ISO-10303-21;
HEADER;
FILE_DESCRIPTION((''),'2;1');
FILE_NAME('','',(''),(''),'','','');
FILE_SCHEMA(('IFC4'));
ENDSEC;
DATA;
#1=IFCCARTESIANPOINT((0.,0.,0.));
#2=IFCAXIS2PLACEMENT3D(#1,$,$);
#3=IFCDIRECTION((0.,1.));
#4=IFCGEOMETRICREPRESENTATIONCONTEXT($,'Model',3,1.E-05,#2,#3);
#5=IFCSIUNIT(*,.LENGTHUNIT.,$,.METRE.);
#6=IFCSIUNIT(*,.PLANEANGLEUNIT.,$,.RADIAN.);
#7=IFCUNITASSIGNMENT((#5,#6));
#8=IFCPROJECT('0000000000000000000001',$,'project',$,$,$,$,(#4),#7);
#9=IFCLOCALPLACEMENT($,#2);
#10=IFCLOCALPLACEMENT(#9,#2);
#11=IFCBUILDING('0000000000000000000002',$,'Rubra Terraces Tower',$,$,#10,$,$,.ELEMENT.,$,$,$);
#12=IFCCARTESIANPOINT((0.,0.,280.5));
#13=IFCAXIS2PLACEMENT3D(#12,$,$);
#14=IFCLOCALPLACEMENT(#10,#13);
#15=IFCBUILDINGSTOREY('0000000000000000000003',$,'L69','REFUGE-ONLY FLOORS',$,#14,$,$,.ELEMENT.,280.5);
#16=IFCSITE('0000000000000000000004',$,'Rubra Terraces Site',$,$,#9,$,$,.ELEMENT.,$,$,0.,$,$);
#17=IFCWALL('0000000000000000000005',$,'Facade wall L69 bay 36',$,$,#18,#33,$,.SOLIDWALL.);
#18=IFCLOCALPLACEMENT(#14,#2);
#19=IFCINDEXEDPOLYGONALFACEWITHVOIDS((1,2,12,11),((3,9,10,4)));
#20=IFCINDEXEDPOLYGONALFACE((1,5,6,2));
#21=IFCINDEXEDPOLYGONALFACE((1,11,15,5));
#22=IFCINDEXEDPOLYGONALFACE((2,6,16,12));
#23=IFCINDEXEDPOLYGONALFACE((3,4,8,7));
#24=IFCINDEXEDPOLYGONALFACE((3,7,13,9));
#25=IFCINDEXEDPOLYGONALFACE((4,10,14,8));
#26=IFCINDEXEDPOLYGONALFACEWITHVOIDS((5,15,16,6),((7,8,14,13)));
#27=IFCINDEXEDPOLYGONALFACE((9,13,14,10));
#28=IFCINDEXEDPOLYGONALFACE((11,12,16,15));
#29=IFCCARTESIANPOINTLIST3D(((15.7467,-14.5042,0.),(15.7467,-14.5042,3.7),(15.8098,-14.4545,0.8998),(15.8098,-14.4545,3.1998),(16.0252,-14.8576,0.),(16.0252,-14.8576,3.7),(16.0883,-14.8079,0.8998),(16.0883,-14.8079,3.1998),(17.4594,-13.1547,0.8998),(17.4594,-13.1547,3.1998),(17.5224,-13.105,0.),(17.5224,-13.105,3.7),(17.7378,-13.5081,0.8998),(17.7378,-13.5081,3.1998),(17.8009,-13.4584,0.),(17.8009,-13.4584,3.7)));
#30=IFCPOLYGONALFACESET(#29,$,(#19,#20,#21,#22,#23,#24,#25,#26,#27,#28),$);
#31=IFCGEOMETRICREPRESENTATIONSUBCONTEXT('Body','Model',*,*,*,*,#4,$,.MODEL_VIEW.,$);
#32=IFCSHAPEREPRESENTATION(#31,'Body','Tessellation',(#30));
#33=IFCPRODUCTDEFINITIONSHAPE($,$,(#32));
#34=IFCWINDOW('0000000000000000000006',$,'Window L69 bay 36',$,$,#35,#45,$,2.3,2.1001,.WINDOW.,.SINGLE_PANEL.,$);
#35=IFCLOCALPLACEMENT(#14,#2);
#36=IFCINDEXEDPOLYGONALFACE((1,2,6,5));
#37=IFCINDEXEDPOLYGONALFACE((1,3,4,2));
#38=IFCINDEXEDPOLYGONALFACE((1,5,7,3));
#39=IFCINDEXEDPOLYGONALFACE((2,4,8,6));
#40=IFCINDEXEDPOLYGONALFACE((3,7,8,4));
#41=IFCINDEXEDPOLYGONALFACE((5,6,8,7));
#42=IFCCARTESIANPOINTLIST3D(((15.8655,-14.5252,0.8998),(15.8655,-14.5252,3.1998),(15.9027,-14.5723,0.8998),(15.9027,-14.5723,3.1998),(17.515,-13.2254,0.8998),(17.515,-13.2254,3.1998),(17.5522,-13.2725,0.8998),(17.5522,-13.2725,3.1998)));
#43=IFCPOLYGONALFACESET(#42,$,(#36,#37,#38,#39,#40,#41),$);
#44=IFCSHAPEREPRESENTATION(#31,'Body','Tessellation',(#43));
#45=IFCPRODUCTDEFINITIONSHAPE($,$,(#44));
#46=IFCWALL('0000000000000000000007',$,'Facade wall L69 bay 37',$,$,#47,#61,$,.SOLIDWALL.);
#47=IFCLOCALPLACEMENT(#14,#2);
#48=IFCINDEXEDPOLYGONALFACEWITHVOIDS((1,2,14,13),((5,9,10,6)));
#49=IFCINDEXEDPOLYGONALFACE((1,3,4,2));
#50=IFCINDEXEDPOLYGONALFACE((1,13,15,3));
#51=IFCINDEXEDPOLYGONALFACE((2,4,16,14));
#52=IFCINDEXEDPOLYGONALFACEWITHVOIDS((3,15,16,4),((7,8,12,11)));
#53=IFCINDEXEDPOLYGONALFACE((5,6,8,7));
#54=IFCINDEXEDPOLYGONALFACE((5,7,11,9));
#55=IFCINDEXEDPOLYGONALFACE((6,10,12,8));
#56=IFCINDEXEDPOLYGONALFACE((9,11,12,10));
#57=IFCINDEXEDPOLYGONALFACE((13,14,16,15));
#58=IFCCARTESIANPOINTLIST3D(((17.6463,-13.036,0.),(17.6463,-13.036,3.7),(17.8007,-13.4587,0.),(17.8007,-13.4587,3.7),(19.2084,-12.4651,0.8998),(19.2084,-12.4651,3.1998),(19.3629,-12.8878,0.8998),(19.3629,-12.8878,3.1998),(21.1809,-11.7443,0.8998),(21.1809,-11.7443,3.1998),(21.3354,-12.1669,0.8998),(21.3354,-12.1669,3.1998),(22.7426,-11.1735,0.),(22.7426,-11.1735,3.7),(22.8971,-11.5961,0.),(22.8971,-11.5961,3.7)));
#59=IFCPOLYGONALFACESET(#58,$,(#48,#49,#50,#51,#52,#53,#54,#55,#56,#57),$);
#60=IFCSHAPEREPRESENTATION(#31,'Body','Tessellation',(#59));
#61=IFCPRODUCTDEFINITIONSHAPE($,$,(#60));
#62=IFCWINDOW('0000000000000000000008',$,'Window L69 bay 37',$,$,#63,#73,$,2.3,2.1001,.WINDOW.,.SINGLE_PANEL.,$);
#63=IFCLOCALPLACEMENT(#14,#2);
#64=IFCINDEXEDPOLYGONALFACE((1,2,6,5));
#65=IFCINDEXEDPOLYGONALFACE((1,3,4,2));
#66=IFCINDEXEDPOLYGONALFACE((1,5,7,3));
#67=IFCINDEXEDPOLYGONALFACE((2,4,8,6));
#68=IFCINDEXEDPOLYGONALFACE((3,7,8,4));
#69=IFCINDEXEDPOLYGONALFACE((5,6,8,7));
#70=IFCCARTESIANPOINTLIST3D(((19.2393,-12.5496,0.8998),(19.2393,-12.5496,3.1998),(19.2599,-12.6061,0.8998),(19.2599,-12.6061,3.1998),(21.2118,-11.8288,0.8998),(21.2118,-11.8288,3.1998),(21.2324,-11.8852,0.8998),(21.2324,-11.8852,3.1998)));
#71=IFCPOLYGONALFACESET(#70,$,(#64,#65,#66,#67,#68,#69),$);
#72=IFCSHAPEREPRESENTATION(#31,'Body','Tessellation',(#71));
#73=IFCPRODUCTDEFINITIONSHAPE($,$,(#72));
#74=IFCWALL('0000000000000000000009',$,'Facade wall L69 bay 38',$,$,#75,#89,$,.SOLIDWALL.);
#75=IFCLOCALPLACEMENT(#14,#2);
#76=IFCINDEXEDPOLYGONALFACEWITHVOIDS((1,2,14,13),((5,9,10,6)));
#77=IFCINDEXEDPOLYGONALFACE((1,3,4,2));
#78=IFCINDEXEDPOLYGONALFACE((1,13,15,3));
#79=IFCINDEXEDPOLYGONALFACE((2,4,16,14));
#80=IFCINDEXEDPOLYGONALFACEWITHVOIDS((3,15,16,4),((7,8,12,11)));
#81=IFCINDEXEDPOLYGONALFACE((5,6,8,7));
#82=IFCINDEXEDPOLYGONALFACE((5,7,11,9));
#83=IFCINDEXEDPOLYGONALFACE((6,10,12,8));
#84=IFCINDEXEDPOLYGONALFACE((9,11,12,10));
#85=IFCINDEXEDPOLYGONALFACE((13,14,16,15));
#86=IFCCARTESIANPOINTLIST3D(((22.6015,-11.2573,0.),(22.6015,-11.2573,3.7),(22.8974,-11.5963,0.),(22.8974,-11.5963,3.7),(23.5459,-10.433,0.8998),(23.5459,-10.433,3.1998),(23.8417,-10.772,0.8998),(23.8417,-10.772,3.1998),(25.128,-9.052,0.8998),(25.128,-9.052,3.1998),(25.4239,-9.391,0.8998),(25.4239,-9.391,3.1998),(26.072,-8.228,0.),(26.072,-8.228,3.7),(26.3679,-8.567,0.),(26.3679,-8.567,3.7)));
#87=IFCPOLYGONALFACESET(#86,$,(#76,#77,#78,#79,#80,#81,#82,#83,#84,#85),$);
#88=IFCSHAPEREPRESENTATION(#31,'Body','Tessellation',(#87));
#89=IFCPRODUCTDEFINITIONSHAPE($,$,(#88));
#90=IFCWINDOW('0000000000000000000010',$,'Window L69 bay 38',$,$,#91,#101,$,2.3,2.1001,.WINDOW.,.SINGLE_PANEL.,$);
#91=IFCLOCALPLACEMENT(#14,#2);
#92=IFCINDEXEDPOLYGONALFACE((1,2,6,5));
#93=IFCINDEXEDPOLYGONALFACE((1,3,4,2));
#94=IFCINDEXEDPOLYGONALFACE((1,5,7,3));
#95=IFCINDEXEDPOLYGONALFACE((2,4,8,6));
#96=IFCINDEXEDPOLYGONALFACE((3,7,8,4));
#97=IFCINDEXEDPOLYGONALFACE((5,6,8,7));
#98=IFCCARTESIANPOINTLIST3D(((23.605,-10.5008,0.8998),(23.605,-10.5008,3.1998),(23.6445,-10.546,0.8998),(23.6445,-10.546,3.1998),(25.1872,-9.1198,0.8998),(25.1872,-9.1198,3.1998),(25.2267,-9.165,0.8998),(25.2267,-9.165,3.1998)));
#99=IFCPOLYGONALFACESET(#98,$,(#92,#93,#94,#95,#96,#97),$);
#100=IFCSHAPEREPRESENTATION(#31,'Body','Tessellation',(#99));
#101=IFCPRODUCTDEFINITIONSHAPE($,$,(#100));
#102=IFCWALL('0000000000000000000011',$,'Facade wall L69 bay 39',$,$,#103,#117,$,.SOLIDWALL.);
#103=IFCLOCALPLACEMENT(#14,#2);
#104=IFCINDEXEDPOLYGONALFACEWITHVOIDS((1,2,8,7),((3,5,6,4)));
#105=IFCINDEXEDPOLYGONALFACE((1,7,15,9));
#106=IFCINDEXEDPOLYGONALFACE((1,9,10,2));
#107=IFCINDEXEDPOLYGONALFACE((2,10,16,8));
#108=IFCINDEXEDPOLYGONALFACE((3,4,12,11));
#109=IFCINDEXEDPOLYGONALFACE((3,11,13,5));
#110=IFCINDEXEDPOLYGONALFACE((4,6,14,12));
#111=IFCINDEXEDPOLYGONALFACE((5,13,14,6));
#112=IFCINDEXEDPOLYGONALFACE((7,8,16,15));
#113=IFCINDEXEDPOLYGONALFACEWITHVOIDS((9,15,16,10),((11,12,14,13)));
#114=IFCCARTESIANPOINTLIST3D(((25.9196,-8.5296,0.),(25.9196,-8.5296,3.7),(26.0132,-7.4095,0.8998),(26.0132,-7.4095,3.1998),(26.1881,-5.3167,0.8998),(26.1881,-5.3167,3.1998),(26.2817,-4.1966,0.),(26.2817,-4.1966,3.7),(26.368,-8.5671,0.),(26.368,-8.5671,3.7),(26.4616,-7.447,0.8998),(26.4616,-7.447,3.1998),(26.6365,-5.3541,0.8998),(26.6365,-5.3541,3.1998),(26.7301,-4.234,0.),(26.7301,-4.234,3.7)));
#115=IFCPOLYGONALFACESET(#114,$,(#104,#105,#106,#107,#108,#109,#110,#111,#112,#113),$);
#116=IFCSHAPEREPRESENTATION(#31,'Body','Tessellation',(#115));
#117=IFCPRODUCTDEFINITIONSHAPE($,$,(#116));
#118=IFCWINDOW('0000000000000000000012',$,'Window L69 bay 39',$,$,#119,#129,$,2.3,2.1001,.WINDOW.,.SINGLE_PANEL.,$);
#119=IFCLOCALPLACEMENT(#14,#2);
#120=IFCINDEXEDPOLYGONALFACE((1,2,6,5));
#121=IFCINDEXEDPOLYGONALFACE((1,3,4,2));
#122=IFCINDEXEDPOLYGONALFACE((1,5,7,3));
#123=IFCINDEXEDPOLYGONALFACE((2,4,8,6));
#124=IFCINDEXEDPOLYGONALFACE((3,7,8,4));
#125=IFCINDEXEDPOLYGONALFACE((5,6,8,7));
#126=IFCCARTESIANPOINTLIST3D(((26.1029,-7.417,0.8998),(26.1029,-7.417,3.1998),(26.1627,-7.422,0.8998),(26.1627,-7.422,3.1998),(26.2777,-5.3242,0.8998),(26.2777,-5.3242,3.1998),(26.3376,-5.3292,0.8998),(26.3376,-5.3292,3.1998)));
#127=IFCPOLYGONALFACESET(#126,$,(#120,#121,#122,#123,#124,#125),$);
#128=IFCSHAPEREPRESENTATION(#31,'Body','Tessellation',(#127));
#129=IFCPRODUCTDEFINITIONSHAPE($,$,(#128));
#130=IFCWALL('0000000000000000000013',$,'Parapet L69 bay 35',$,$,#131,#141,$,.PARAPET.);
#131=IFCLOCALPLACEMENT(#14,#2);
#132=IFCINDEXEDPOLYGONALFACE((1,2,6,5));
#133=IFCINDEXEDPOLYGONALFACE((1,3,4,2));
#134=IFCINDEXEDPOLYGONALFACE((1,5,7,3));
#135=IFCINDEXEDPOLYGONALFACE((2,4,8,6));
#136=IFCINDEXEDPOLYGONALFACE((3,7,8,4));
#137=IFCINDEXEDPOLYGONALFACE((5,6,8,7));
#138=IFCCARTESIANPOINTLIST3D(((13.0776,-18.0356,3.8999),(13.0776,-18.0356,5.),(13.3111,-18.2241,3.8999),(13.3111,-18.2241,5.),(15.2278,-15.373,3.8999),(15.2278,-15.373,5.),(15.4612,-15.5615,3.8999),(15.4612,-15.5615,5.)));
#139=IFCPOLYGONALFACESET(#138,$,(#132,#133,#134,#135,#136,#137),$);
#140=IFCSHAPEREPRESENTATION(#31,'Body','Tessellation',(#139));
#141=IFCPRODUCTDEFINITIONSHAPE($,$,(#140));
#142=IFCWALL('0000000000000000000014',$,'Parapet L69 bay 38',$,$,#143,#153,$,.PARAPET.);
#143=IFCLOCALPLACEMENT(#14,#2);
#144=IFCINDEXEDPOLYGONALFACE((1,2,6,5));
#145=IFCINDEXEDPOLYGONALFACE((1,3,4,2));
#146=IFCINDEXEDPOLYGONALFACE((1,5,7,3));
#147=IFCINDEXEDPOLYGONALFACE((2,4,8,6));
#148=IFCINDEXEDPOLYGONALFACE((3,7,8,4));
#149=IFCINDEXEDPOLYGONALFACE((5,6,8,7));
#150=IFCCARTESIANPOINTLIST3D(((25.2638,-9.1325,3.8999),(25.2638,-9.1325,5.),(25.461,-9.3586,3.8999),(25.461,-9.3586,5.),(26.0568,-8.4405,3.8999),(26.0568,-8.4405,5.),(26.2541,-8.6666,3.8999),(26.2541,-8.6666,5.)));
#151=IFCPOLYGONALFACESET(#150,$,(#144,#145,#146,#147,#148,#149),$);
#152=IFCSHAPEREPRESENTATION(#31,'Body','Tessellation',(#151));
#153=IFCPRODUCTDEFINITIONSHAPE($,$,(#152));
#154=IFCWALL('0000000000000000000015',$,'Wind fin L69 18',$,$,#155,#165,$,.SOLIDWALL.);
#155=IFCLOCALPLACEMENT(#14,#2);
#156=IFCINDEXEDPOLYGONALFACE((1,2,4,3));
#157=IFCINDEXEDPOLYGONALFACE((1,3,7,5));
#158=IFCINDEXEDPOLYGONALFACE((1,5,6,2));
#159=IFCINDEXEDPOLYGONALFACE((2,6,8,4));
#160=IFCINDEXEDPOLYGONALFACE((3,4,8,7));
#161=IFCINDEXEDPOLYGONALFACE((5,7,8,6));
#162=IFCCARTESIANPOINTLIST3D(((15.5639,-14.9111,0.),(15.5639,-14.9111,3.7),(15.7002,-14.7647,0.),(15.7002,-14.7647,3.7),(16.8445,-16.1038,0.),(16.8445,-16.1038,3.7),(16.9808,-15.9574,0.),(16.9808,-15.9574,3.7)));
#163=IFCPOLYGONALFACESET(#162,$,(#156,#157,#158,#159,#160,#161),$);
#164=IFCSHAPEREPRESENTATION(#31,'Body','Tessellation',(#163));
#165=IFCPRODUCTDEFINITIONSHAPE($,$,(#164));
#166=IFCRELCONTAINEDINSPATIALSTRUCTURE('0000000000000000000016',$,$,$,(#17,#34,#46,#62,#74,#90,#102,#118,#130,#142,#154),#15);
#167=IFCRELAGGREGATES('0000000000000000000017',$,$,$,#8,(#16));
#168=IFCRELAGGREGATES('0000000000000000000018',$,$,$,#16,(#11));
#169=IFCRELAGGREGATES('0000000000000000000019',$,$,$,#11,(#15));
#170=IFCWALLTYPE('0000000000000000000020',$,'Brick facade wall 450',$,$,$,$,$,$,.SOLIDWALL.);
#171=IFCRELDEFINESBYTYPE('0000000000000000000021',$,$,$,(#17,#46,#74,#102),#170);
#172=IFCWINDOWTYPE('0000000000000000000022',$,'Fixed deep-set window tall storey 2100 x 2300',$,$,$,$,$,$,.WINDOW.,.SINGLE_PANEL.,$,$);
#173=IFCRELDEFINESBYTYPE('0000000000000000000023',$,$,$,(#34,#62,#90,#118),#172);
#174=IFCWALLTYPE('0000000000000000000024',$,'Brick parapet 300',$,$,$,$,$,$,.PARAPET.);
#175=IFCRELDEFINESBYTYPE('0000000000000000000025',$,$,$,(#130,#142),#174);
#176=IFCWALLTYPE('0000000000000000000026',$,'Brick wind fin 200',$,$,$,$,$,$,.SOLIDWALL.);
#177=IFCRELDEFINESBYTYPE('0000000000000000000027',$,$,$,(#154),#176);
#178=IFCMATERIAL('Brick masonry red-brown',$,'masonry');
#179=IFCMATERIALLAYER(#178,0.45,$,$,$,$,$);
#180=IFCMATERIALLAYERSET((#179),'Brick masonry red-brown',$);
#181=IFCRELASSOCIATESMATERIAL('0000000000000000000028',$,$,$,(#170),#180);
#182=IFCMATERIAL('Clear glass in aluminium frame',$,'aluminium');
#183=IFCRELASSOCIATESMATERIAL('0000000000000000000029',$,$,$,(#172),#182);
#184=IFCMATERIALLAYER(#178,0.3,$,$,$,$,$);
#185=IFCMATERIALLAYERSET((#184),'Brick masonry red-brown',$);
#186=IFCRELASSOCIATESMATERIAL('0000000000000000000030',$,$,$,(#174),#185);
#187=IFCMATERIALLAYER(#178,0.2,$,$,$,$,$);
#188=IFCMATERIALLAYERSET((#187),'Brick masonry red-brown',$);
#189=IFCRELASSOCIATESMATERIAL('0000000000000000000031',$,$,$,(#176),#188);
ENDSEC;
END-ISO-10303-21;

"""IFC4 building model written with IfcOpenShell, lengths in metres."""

from ifc_helpers import new_model, si_unit, direction, frame, frame_2d, origin, place, context, subcontext, project, spatial, rectangle, extrude, material, layer, layer_set, type_object, element, fill, save


model = new_model("IFC4")

# Units and contexts
model_context = context("Model", 3, precision=1e-05, world=origin(), true_north=direction((0.0, 1.0)))
body_context = subcontext(model_context, "Body", "Model", "MODEL_VIEW")
ifc_project = project(units=[si_unit("LENGTHUNIT", "METRE"), si_unit("PLANEANGLEUNIT", "RADIAN")], contexts=[model_context])

# Site, building, storey
site_placement = place(None, origin())
site = spatial("IfcSite", under=ifc_project, at=site_placement, Name="Rubra Terraces Site", CompositionType="ELEMENT", RefElevation=0.0)
building_placement = place(site_placement, origin())
building = spatial("IfcBuilding", under=site, at=building_placement, Name="Rubra Terraces Tower", CompositionType="ELEMENT")
storey_placement = place(building_placement, frame((0.0, 0.0, 280.5)))
storey = spatial("IfcBuildingStorey", under=building, at=storey_placement, Name="L69", Description="REFUGE-ONLY FLOORS", CompositionType="ELEMENT", Elevation=280.5)

# Walls, openings, windows
ifc_material_1 = material(Name="Brick masonry red-brown", Category="masonry")
ifc_layer_1 = layer(ifc_material_1, 0.45)
ifc_layer_set_1 = layer_set([ifc_layer_1], Name="Brick masonry red-brown")
wall_type_1 = type_object("IfcWallType", Name="Brick facade wall 450", PredefinedType="SOLIDWALL", material=ifc_layer_set_1)
wall_1_placement = place(storey_placement, frame((15.886, -14.6809, 0.0), z_axis=(0.0, 0.0, 1.0), x_axis=(0.785452, 0.618923, 0.0)))
wall_1 = element("IfcWall", 1, at=wall_1_placement, inside=storey, type_object=wall_type_1, Name="Facade wall L69 bay 36", PredefinedType="SOLIDWALL", context=body_context, shape_type="SweptSolid", body=[
    extrude(rectangle(XDim=2.2607, YDim=0.45, at=frame_2d((1.1304, 0.0))), origin(), (0.0, 0.0, 1.0), 3.7),
])
opening_1_placement = place(wall_1_placement, frame((0.0803, 0.0, 0.8999)))
opening_1 = element("IfcOpeningElement", 2, at=opening_1_placement, cuts=wall_1, PredefinedType="OPENING", context=body_context, shape_type="SweptSolid", body=[
    extrude(rectangle(XDim=2.1001, YDim=2.3, at=frame_2d((1.05, 1.1499))), frame((0.0, 0.2349, 0.0), z_axis=(0.0, -1.0, 0.0), x_axis=(1.0, 0.0, 0.0)), (0.0, 0.0, 1.0), 0.47),
])
ifc_material_2 = material(Name="Clear glass in aluminium frame", Category="aluminium")
window_type = type_object("IfcWindowType", Name="Fixed deep-set window tall storey 2100 x 2300", PartitioningType="SINGLE_PANEL", PredefinedType="WINDOW", material=ifc_material_2)
window_1_placement = place(opening_1_placement, origin())
window_1 = element("IfcWindow", 3, at=window_1_placement, inside=storey, type_object=window_type, Name="Window L69 bay 36", OverallHeight=2.3, OverallWidth=2.1001, PartitioningType="SINGLE_PANEL", PredefinedType="WINDOW", context=body_context, shape_type="SweptSolid", body=[
    extrude(rectangle(XDim=2.1001, YDim=2.3, at=frame_2d((1.05, 1.1499))), frame((0.0, 0.135, 0.0), z_axis=(0.0, -1.0, 0.0), x_axis=(1.0, 0.0, 0.0)), (0.0, 0.0, 1.0), 0.0601),
])
fill(opening_1, window_1)
wall_2_placement = place(storey_placement, frame((17.7236, -13.2473, 0.0), z_axis=(0.0, 0.0, 1.0), x_axis=(0.939242, 0.343256, 0.0)))
wall_2 = element("IfcWall", 4, at=wall_2_placement, inside=storey, type_object=wall_type_1, Name="Facade wall L69 bay 37", PredefinedType="SOLIDWALL", context=body_context, shape_type="SweptSolid", body=[
    extrude(rectangle(XDim=5.426, YDim=0.45, at=frame_2d((2.7129, 0.0))), origin(), (0.0, 0.0, 1.0), 3.7),
])
opening_2_placement = place(wall_2_placement, frame((1.6631, 0.0, 0.8999)))
opening_2 = element("IfcOpeningElement", 5, at=opening_2_placement, cuts=wall_2, PredefinedType="OPENING", context=body_context, shape_type="SweptSolid", body=[
    extrude(rectangle(XDim=2.1001, YDim=2.3, at=frame_2d((1.05, 1.1499))), frame((0.0, 0.2349, 0.0), z_axis=(0.0, -1.0, 0.0), x_axis=(1.0, 0.0, 0.0)), (0.0, 0.0, 1.0), 0.47),
])
window_2_placement = place(opening_2_placement, origin())
window_2 = element("IfcWindow", 6, at=window_2_placement, inside=storey, type_object=window_type, Name="Window L69 bay 37", OverallHeight=2.3, OverallWidth=2.1001, PartitioningType="SINGLE_PANEL", PredefinedType="WINDOW", context=body_context, shape_type="SweptSolid", body=[
    extrude(rectangle(XDim=2.1001, YDim=2.3, at=frame_2d((1.05, 1.1499))), frame((0.0, 0.135, 0.0), z_axis=(0.0, -1.0, 0.0), x_axis=(1.0, 0.0, 0.0)), (0.0, 0.0, 1.0), 0.0601),
])
fill(opening_2, window_2)
wall_3_placement = place(storey_placement, frame((22.7495, -11.4268, 0.0), z_axis=(0.0, 0.0, 1.0), x_axis=(0.753367, 0.6576, 0.0)))
wall_3 = element("IfcWall", 7, at=wall_3_placement, inside=storey, type_object=wall_type_1, Name="Facade wall L69 bay 38", PredefinedType="SOLIDWALL", context=body_context, shape_type="SweptSolid", body=[
    extrude(rectangle(XDim=4.6067, YDim=0.45, at=frame_2d((2.3032, 0.0))), origin(), (0.0, 0.0, 1.0), 3.7),
])
opening_3_placement = place(wall_3_placement, frame((1.2534, 0.0, 0.8999)))
opening_3 = element("IfcOpeningElement", 8, at=opening_3_placement, cuts=wall_3, PredefinedType="OPENING", context=body_context, shape_type="SweptSolid", body=[
    extrude(rectangle(XDim=2.1001, YDim=2.3, at=frame_2d((1.05, 1.1499))), frame((0.0, 0.2349, 0.0), z_axis=(0.0, -1.0, 0.0), x_axis=(1.0, 0.0, 0.0)), (0.0, 0.0, 1.0), 0.47),
])
window_3_placement = place(opening_3_placement, origin())
window_3 = element("IfcWindow", 9, at=window_3_placement, inside=storey, type_object=window_type, Name="Window L69 bay 38", OverallHeight=2.3, OverallWidth=2.1001, PartitioningType="SINGLE_PANEL", PredefinedType="WINDOW", context=body_context, shape_type="SweptSolid", body=[
    extrude(rectangle(XDim=2.1001, YDim=2.3, at=frame_2d((1.05, 1.1499))), frame((0.0, 0.135, 0.0), z_axis=(0.0, -1.0, 0.0), x_axis=(1.0, 0.0, 0.0)), (0.0, 0.0, 1.0), 0.0601),
])
fill(opening_3, window_3)
wall_4_placement = place(storey_placement, frame((26.1438, -8.5483, 0.0), z_axis=(0.0, 0.0, 1.0), x_axis=(0.083269, 0.996527, 0.0)))
wall_4 = element("IfcWall", 10, at=wall_4_placement, inside=storey, type_object=wall_type_1, Name="Facade wall L69 bay 39", PredefinedType="SOLIDWALL", context=body_context, shape_type="SweptSolid", body=[
    extrude(rectangle(XDim=4.3481, YDim=0.45, at=frame_2d((2.1741, 0.0))), origin(), (0.0, 0.0, 1.0), 3.7),
])
opening_4_placement = place(wall_4_placement, frame((1.124, 0.0, 0.8999)))
opening_4 = element("IfcOpeningElement", 11, at=opening_4_placement, cuts=wall_4, PredefinedType="OPENING", context=body_context, shape_type="SweptSolid", body=[
    extrude(rectangle(XDim=2.1001, YDim=2.3, at=frame_2d((1.05, 1.1499))), frame((0.0, 0.2349, 0.0), z_axis=(0.0, -1.0, 0.0), x_axis=(1.0, 0.0, 0.0)), (0.0, 0.0, 1.0), 0.47),
])
window_4_placement = place(opening_4_placement, origin())
window_4 = element("IfcWindow", 12, at=window_4_placement, inside=storey, type_object=window_type, Name="Window L69 bay 39", OverallHeight=2.3, OverallWidth=2.1001, PartitioningType="SINGLE_PANEL", PredefinedType="WINDOW", context=body_context, shape_type="SweptSolid", body=[
    extrude(rectangle(XDim=2.1001, YDim=2.3, at=frame_2d((1.05, 1.1499))), frame((0.0, 0.135, 0.0), z_axis=(0.0, -1.0, 0.0), x_axis=(1.0, 0.0, 0.0)), (0.0, 0.0, 1.0), 0.0601),
])
fill(opening_4, window_4)

# Walls
ifc_layer_2 = layer(ifc_material_1, 0.3)
ifc_layer_set_2 = layer_set([ifc_layer_2], Name="Brick masonry red-brown")
wall_type_2 = type_object("IfcWallType", Name="Brick parapet 300", PredefinedType="PARAPET", material=ifc_layer_set_2)
wall_5_placement = place(storey_placement, frame((13.1943, -18.1299, 3.8999), z_axis=(0.0, 0.0, 1.0), x_axis=(0.628264, 0.778, 0.0)))
element("IfcWall", 13, at=wall_5_placement, inside=storey, type_object=wall_type_2, Name="Parapet L69 bay 35", PredefinedType="PARAPET", context=body_context, shape_type="SweptSolid", body=[
    extrude(rectangle(XDim=3.4224, YDim=0.3, at=frame_2d((1.7112, 0.0))), origin(), (0.0, 0.0, 1.0), 1.1001),
])
wall_6_placement = place(storey_placement, frame((25.3623, -9.2456, 3.8999), z_axis=(0.0, 0.0, 1.0), x_axis=(0.753496, 0.657453, 0.0)))
element("IfcWall", 14, at=wall_6_placement, inside=storey, type_object=wall_type_2, Name="Parapet L69 bay 38", PredefinedType="PARAPET", context=body_context, shape_type="SweptSolid", body=[
    extrude(rectangle(XDim=1.0525, YDim=0.3, at=frame_2d((0.5264, 0.0))), origin(), (0.0, 0.0, 1.0), 1.1001),
])
ifc_layer_3 = layer(ifc_material_1, 0.2)
ifc_layer_set_3 = layer_set([ifc_layer_3], Name="Brick masonry red-brown")
wall_type_3 = type_object("IfcWallType", Name="Brick wind fin 200", PredefinedType="SOLIDWALL", material=ifc_layer_set_3)
wall_7_placement = place(storey_placement, frame((15.6321, -14.8379, 0.0), z_axis=(0.0, 0.0, 1.0), x_axis=(0.731774, -0.681547, 0.0)))
element("IfcWall", 15, at=wall_7_placement, inside=storey, type_object=wall_type_3, Name="Wind fin L69 18", PredefinedType="SOLIDWALL", context=body_context, shape_type="SweptSolid", body=[
    extrude(rectangle(XDim=1.75, YDim=0.2, at=frame_2d((0.875, 0.0))), origin(), (0.0, 0.0, 1.0), 3.7),
])

save(model, "model.ifc")
